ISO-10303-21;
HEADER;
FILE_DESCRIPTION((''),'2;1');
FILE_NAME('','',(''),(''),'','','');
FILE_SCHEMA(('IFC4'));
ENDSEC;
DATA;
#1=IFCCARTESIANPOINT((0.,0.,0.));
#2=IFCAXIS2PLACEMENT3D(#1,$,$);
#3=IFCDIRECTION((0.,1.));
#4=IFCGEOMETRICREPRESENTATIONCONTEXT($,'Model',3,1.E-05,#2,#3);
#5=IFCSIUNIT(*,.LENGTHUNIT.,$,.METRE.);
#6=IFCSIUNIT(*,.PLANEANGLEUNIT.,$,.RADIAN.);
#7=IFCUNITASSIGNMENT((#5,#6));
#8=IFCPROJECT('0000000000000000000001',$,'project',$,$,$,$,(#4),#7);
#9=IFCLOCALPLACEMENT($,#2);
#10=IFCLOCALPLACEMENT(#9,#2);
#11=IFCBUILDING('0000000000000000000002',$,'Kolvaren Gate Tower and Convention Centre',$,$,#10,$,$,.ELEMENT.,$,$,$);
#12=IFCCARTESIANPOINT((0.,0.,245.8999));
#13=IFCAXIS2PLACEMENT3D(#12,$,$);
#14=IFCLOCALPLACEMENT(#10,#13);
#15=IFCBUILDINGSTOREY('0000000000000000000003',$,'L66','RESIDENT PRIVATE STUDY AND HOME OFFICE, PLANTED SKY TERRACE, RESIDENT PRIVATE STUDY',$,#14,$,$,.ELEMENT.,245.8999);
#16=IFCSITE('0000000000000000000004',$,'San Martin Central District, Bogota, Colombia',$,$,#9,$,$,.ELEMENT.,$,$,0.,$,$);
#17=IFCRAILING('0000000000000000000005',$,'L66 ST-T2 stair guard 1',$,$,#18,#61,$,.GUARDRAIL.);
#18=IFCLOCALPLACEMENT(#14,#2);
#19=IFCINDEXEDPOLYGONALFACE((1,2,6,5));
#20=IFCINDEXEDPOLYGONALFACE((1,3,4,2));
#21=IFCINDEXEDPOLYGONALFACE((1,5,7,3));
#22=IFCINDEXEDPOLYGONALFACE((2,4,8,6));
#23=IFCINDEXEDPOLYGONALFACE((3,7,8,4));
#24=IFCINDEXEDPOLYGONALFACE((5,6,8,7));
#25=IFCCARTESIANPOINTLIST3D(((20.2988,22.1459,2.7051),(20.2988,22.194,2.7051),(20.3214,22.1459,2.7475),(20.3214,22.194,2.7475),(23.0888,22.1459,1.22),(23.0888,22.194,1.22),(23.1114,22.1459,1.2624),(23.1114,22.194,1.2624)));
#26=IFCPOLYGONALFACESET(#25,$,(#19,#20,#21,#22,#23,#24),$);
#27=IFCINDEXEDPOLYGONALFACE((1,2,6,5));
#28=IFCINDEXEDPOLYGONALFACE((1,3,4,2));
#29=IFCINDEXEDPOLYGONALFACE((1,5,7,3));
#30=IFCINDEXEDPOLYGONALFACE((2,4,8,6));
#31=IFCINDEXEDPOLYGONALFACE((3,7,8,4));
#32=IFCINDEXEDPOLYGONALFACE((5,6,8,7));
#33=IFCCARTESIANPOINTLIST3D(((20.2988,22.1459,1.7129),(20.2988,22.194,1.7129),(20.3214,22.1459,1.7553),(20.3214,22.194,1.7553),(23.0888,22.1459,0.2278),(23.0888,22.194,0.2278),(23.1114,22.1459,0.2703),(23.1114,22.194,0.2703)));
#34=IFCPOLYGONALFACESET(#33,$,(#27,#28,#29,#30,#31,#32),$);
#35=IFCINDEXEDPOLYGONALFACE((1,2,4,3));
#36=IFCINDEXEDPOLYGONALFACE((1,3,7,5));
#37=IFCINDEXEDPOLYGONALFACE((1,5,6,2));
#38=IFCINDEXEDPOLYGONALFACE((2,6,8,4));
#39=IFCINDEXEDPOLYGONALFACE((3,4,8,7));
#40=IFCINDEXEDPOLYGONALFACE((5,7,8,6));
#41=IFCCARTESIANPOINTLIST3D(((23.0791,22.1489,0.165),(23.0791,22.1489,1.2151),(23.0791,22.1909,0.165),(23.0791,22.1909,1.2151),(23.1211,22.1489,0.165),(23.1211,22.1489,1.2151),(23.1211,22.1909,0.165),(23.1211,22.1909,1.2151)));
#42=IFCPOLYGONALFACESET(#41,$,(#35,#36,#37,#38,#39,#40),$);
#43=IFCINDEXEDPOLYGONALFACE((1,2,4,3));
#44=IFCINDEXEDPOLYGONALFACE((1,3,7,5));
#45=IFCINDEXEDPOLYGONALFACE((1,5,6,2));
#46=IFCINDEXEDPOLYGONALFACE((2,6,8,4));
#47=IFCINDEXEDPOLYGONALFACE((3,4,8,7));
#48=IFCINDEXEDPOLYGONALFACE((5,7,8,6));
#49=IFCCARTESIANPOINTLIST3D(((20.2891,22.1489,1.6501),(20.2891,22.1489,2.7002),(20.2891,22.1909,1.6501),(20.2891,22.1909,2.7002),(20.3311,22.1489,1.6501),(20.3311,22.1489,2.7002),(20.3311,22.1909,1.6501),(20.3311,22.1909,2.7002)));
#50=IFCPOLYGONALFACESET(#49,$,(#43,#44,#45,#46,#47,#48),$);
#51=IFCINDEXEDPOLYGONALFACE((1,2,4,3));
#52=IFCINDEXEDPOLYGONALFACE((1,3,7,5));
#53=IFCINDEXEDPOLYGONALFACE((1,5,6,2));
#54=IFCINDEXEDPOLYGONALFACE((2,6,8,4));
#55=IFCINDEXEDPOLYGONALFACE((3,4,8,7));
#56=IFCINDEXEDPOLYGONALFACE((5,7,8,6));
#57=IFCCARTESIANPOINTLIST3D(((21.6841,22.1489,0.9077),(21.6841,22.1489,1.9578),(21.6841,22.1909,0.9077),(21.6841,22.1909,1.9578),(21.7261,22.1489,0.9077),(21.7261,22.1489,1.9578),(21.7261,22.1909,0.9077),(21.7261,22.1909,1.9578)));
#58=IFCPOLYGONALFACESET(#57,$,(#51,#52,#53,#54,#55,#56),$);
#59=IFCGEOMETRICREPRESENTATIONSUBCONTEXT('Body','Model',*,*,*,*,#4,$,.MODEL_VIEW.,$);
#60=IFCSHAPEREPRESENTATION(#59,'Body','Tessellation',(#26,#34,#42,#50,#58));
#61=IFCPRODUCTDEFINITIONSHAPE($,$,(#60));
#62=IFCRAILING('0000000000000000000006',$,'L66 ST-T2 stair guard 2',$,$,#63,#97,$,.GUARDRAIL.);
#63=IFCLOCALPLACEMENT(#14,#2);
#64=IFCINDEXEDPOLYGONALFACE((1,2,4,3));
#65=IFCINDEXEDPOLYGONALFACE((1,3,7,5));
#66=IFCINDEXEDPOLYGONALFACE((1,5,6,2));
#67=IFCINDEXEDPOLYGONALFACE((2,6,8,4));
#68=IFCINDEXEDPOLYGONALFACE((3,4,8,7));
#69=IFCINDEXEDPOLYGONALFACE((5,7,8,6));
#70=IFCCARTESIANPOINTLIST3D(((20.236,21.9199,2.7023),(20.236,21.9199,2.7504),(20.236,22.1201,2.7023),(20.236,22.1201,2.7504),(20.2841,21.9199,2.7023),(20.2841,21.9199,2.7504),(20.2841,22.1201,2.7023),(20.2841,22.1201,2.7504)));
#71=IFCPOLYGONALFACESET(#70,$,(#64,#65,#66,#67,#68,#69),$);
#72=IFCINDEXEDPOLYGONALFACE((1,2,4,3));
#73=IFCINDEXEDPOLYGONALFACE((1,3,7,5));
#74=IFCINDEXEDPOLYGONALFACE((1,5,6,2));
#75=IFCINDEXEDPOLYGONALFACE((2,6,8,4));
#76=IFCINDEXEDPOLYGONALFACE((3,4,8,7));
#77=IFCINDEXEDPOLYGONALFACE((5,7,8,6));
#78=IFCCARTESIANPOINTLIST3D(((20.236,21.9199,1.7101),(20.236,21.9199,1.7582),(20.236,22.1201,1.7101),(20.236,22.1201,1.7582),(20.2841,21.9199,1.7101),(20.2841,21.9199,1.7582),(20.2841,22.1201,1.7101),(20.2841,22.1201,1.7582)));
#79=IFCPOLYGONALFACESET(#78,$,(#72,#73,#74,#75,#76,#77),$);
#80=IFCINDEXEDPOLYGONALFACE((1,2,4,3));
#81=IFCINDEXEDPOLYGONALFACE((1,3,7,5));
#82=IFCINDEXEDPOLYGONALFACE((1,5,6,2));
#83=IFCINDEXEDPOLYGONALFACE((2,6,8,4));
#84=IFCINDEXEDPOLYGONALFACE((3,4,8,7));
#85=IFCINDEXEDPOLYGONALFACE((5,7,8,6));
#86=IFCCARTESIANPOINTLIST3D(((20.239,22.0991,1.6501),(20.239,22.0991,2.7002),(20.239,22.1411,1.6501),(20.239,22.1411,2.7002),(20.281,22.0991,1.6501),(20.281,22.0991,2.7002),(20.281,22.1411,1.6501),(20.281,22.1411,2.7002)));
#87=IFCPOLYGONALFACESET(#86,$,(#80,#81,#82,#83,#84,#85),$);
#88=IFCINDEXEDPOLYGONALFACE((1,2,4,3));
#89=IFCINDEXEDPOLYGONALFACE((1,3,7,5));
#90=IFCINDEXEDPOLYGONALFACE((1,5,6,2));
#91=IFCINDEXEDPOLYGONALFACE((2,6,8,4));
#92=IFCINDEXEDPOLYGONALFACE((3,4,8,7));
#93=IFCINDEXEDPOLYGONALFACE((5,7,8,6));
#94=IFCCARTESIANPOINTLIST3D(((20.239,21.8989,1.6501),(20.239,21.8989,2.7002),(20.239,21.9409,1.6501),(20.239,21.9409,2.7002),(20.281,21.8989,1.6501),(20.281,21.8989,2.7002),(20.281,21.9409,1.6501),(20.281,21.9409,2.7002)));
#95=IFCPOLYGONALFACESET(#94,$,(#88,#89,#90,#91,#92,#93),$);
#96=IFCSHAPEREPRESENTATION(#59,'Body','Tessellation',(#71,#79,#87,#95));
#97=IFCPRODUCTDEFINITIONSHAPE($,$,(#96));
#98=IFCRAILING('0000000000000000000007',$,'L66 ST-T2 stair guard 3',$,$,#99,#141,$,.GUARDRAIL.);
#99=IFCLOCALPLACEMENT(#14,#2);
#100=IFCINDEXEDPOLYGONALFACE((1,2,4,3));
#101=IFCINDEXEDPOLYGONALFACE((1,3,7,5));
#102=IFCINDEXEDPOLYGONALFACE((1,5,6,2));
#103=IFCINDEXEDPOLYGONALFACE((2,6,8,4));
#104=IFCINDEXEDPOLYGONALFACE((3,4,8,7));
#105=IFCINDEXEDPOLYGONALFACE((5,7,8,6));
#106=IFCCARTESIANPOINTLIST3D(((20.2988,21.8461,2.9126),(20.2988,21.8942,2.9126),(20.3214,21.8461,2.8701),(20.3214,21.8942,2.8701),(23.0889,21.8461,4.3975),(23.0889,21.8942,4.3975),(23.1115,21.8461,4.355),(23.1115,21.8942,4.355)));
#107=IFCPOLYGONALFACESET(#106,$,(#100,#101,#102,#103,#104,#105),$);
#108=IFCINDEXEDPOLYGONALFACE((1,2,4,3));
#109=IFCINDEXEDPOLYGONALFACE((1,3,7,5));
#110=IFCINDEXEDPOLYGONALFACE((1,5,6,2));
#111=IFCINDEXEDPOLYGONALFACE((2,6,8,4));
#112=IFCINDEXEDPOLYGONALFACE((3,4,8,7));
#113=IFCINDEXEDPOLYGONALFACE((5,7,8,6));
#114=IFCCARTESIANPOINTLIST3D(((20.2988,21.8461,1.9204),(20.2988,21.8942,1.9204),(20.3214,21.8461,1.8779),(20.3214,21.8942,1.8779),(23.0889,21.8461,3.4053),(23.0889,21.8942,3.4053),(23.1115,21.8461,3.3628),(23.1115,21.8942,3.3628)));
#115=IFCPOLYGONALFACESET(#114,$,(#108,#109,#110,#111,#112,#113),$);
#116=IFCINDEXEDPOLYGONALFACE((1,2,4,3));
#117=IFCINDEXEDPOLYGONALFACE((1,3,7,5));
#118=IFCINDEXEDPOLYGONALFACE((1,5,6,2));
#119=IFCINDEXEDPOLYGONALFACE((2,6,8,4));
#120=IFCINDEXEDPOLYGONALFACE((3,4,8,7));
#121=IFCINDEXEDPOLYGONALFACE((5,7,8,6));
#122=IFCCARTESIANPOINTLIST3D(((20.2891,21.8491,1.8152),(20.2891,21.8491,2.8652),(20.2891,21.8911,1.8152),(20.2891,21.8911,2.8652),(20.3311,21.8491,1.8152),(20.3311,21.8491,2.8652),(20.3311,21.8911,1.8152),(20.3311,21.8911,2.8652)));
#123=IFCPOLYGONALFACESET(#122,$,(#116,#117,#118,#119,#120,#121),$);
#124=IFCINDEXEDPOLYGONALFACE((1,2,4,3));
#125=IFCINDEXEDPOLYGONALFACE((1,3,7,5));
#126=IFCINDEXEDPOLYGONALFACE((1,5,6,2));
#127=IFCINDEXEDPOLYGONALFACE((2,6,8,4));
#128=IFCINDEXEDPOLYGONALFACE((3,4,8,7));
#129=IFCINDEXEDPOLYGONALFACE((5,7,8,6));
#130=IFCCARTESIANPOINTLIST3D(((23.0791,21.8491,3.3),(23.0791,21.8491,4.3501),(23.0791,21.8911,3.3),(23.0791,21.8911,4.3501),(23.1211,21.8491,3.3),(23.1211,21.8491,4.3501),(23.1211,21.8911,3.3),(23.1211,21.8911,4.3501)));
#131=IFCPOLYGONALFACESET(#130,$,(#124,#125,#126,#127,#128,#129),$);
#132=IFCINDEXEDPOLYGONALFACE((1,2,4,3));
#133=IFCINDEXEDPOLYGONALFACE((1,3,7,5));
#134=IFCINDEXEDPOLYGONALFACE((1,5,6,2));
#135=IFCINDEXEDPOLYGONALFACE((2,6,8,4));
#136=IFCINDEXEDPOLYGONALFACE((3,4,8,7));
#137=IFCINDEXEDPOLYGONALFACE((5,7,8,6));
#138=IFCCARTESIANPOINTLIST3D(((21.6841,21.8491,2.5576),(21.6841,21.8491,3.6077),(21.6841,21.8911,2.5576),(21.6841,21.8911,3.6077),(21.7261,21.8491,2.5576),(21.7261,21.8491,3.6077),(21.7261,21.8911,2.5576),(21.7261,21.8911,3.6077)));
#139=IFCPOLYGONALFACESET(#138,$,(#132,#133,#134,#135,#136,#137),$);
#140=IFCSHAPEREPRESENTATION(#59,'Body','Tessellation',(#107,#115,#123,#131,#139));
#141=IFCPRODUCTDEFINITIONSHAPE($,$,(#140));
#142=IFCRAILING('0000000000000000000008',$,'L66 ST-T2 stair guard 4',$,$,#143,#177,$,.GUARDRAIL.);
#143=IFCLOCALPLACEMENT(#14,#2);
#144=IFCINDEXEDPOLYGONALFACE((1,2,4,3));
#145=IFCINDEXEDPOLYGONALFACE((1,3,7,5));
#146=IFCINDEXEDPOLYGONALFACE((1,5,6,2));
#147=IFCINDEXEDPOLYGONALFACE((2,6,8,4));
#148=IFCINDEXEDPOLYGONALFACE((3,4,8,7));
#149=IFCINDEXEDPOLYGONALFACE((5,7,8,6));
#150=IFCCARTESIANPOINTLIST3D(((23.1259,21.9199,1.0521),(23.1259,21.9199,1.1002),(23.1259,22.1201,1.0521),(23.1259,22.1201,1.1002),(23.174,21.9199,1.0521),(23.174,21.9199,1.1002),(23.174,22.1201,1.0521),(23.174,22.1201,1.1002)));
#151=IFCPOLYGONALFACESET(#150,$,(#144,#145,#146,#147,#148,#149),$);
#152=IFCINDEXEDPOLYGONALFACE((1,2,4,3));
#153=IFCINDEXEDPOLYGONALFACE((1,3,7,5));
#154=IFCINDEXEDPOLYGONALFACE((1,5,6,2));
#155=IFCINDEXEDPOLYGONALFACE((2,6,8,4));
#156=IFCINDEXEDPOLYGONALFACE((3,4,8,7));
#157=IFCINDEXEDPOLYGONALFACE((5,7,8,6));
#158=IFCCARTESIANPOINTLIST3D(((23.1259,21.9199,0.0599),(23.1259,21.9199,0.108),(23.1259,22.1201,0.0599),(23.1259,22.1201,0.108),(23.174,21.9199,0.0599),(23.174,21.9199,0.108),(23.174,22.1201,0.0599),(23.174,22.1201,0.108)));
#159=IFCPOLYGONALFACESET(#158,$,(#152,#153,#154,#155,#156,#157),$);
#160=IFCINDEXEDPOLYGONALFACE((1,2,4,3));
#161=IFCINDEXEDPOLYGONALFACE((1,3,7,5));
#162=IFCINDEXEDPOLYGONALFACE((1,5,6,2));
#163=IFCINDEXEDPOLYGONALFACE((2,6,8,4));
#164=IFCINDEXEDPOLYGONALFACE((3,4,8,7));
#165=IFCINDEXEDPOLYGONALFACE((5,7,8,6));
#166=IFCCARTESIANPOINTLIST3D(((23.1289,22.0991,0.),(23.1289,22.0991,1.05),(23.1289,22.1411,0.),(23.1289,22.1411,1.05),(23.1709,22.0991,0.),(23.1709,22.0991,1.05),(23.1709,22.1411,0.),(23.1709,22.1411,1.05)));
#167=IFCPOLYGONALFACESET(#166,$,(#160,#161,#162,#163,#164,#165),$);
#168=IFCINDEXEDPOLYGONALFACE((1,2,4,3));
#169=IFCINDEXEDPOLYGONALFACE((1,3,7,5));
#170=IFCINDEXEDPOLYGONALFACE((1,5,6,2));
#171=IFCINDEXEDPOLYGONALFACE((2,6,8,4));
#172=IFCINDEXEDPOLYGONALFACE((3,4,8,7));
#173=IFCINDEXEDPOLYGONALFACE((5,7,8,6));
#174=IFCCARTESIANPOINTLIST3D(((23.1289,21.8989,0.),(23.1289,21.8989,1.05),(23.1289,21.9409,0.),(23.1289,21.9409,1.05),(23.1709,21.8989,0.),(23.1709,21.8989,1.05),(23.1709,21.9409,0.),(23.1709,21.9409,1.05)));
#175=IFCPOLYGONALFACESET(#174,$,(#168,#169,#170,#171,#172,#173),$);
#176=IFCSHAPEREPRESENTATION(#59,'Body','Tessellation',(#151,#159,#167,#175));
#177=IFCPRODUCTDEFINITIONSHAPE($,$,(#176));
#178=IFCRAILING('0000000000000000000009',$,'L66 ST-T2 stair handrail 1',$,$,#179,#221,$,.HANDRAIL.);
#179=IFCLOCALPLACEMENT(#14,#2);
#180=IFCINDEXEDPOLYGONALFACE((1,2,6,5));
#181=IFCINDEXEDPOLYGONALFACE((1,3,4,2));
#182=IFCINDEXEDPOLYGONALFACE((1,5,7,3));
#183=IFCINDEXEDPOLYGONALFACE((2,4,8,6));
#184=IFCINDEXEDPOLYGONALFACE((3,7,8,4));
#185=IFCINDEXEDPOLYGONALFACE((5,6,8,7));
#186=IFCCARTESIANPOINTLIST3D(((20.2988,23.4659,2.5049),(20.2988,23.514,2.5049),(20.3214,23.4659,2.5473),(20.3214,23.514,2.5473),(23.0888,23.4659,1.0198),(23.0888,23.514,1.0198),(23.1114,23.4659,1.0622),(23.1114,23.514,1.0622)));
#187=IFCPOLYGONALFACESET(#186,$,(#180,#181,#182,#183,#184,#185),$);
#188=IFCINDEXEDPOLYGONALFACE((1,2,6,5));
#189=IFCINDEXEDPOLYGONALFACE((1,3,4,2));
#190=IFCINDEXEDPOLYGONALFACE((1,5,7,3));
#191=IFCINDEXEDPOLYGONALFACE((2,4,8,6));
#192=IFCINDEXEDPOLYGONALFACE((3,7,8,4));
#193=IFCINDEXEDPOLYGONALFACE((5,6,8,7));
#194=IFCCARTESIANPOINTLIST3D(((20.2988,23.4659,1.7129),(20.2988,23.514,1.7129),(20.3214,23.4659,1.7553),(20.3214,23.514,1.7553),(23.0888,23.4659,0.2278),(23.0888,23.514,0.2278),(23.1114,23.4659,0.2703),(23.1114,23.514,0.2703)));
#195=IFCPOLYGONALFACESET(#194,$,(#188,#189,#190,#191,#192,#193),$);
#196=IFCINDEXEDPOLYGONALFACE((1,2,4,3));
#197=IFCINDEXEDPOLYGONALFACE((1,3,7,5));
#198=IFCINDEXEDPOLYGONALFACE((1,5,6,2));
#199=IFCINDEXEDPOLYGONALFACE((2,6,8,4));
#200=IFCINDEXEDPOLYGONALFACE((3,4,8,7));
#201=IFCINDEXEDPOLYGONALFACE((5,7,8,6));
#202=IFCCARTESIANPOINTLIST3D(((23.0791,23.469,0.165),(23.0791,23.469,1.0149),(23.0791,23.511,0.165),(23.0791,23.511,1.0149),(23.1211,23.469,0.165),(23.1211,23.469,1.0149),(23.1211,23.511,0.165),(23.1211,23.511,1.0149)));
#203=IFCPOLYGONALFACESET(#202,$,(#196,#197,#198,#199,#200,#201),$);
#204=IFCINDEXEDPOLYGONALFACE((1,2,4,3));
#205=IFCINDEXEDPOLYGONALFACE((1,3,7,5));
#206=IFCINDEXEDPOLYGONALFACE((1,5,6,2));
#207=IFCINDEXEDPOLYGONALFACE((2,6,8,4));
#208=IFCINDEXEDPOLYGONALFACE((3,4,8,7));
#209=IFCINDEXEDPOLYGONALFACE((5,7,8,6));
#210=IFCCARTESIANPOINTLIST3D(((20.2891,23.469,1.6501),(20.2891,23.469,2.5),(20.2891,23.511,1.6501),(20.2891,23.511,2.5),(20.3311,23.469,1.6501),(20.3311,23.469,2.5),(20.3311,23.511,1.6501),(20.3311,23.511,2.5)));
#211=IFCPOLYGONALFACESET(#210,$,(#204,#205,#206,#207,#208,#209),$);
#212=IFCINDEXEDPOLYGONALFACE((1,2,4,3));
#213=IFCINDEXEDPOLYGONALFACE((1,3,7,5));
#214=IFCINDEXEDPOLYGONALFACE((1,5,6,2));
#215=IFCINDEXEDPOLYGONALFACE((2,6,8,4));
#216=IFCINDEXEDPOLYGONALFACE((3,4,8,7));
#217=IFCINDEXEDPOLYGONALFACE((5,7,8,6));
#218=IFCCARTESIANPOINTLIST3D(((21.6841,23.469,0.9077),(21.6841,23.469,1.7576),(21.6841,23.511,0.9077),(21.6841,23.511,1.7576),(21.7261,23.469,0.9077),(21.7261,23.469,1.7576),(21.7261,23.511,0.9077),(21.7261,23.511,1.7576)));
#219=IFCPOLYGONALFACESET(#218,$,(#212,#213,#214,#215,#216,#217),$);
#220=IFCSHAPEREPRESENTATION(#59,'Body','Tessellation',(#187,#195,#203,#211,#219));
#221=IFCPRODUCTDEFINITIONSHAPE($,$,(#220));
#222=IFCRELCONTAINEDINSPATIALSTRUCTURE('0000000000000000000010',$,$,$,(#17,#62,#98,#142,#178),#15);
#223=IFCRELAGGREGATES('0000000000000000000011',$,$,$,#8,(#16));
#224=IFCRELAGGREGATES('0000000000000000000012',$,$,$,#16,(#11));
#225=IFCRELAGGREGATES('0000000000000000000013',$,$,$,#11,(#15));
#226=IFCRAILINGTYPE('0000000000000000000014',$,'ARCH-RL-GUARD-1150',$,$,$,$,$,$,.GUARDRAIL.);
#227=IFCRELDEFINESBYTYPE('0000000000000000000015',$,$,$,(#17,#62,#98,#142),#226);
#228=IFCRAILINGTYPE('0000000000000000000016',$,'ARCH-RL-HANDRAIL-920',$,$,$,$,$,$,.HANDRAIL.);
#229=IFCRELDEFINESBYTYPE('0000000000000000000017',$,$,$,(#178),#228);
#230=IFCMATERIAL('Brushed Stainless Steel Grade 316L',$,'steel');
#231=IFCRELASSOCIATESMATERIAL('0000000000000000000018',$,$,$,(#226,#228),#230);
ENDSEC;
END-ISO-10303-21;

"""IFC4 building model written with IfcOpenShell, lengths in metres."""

from ifc_helpers import new_model, si_unit, direction, frame, origin, origin_2d, place, context, subcontext, project, spatial, rectangle, extrude, material, type_object, element, save


model = new_model("IFC4")

# Units and contexts
model_context = context("Model", 3, precision=1e-05, world=origin(), true_north=direction((0.0, 1.0)))
body_context = subcontext(model_context, "Body", "Model", "MODEL_VIEW")
ifc_project = project(units=[si_unit("LENGTHUNIT", "METRE"), si_unit("PLANEANGLEUNIT", "RADIAN")], contexts=[model_context])

# Site, building, storey
site_placement = place(None, origin())
site = spatial("IfcSite", under=ifc_project, at=site_placement, Name="San Martin Central District, Bogota, Colombia", CompositionType="ELEMENT", RefElevation=0.0)
building_placement = place(site_placement, origin())
building = spatial("IfcBuilding", under=site, at=building_placement, Name="Kolvaren Gate Tower and Convention Centre", CompositionType="ELEMENT")
storey_placement = place(building_placement, frame((0.0, 0.0, 245.8999)))
storey = spatial("IfcBuildingStorey", under=building, at=storey_placement, Name="L66", Description="RESIDENT PRIVATE STUDY AND HOME OFFICE, PLANTED SKY TERRACE, RESIDENT PRIVATE STUDY", CompositionType="ELEMENT", Elevation=245.8999)

# Shared definitions
ifc_material_1 = material(Name="Brushed Stainless Steel Grade 316L", Category="steel")

# Railings
railing_type_1 = type_object("IfcRailingType", Name="ARCH-RL-GUARD-1150", PredefinedType="GUARDRAIL", material=ifc_material_1)
railing_1_placement = place(storey_placement, frame((23.1001, 22.1699, 0.165)))
element("IfcRailing", 1, at=railing_1_placement, inside=storey, type_object=railing_type_1, Name="L66 ST-T2 stair guard 1", PredefinedType="GUARDRAIL", context=body_context, shape_type="SweptSolid", body=[
    extrude(rectangle(XDim=0.0481, YDim=0.0481, at=origin_2d()), frame((0.0, 0.0, 1.0762), z_axis=(-0.882735, 0.0, 0.46987), x_axis=(0.0, -1.0, 0.0)), (0.0, 0.0, 1.0), 3.1606),
    extrude(rectangle(XDim=0.0481, YDim=0.0481, at=origin_2d()), frame((0.0, 0.0, 0.084), z_axis=(-0.882735, 0.0, 0.46987), x_axis=(0.0, -1.0, 0.0)), (0.0, 0.0, 1.0), 3.1606),
    extrude(rectangle(XDim=0.042, YDim=0.042, at=origin_2d()), origin(), (0.0, 0.0, 1.0), 1.05),
    extrude(rectangle(XDim=0.042, YDim=0.042, at=origin_2d()), frame((-2.79, 0.0, 1.4851)), (0.0, 0.0, 1.0), 1.05),
    extrude(rectangle(XDim=0.042, YDim=0.042, at=origin_2d()), frame((-1.395, 0.0, 0.7427)), (0.0, 0.0, 1.0), 1.05),
])
railing_2_placement = place(storey_placement, frame((20.26, 22.1201, 1.6501)))
element("IfcRailing", 2, at=railing_2_placement, inside=storey, type_object=railing_type_1, Name="L66 ST-T2 stair guard 2", PredefinedType="GUARDRAIL", context=body_context, shape_type="SweptSolid", body=[
    extrude(rectangle(XDim=0.0481, YDim=0.0481, at=origin_2d()), frame((0.0, 0.0, 1.0762), z_axis=(0.0, -1.0, 0.0), x_axis=(1.0, 0.0, 0.0)), (0.0, 0.0, 1.0), 0.2002),
    extrude(rectangle(XDim=0.0481, YDim=0.0481, at=origin_2d()), frame((0.0, 0.0, 0.084), z_axis=(0.0, -1.0, 0.0), x_axis=(1.0, 0.0, 0.0)), (0.0, 0.0, 1.0), 0.2002),
    extrude(rectangle(XDim=0.042, YDim=0.042, at=origin_2d()), origin(), (0.0, 0.0, 1.0), 1.05),
    extrude(rectangle(XDim=0.042, YDim=0.042, at=origin_2d()), frame((0.0, -0.2002, 0.0)), (0.0, 0.0, 1.0), 1.05),
])
railing_3_placement = place(storey_placement, frame((20.3101, 21.8701, 1.8152)))
element("IfcRailing", 3, at=railing_3_placement, inside=storey, type_object=railing_type_1, Name="L66 ST-T2 stair guard 3", PredefinedType="GUARDRAIL", context=body_context, shape_type="SweptSolid", body=[
    extrude(rectangle(XDim=0.0481, YDim=0.0481, at=origin_2d()), frame((0.0, 0.0, 1.0762), z_axis=(0.882767, 0.0, 0.46981), x_axis=(0.0, 1.0, 0.0)), (0.0, 0.0, 1.0), 3.1606),
    extrude(rectangle(XDim=0.0481, YDim=0.0481, at=origin_2d()), frame((0.0, 0.0, 0.084), z_axis=(0.882767, 0.0, 0.46981), x_axis=(0.0, 1.0, 0.0)), (0.0, 0.0, 1.0), 3.1606),
    extrude(rectangle(XDim=0.042, YDim=0.042, at=origin_2d()), origin(), (0.0, 0.0, 1.0), 1.05),
    extrude(rectangle(XDim=0.042, YDim=0.042, at=origin_2d()), frame((2.79, 0.0, 1.4849)), (0.0, 0.0, 1.0), 1.05),
    extrude(rectangle(XDim=0.042, YDim=0.042, at=origin_2d()), frame((1.395, 0.0, 0.7424)), (0.0, 0.0, 1.0), 1.05),
])
railing_4_placement = place(storey_placement, frame((23.1499, 22.1201, 0.0)))
element("IfcRailing", 4, at=railing_4_placement, inside=storey, type_object=railing_type_1, Name="L66 ST-T2 stair guard 4", PredefinedType="GUARDRAIL", context=body_context, shape_type="SweptSolid", body=[
    extrude(rectangle(XDim=0.0481, YDim=0.0481, at=origin_2d()), frame((0.0, 0.0, 1.0762), z_axis=(0.0, -1.0, 0.0), x_axis=(1.0, 0.0, 0.0)), (0.0, 0.0, 1.0), 0.2002),
    extrude(rectangle(XDim=0.0481, YDim=0.0481, at=origin_2d()), frame((0.0, 0.0, 0.084), z_axis=(0.0, -1.0, 0.0), x_axis=(1.0, 0.0, 0.0)), (0.0, 0.0, 1.0), 0.2002),
    extrude(rectangle(XDim=0.042, YDim=0.042, at=origin_2d()), origin(), (0.0, 0.0, 1.0), 1.05),
    extrude(rectangle(XDim=0.042, YDim=0.042, at=origin_2d()), frame((0.0, -0.2002, 0.0)), (0.0, 0.0, 1.0), 1.05),
])
railing_type_2 = type_object("IfcRailingType", Name="ARCH-RL-HANDRAIL-920", PredefinedType="HANDRAIL", material=ifc_material_1)
railing_5_placement = place(storey_placement, frame((23.1001, 23.49, 0.165)))
element("IfcRailing", 5, at=railing_5_placement, inside=storey, type_object=railing_type_2, Name="L66 ST-T2 stair handrail 1", PredefinedType="HANDRAIL", context=body_context, shape_type="SweptSolid", body=[
    extrude(rectangle(XDim=0.0481, YDim=0.0481, at=origin_2d()), frame((0.0, 0.0, 0.876), z_axis=(-0.882735, 0.0, 0.46987), x_axis=(0.0, -1.0, 0.0)), (0.0, 0.0, 1.0), 3.1606),
    extrude(rectangle(XDim=0.0481, YDim=0.0481, at=origin_2d()), frame((0.0, 0.0, 0.084), z_axis=(-0.882735, 0.0, 0.46987), x_axis=(0.0, -1.0, 0.0)), (0.0, 0.0, 1.0), 3.1606),
    extrude(rectangle(XDim=0.042, YDim=0.042, at=origin_2d()), origin(), (0.0, 0.0, 1.0), 0.8499),
    extrude(rectangle(XDim=0.042, YDim=0.042, at=origin_2d()), frame((-2.79, 0.0, 1.4851)), (0.0, 0.0, 1.0), 0.8499),
    extrude(rectangle(XDim=0.042, YDim=0.042, at=origin_2d()), frame((-1.395, 0.0, 0.7427)), (0.0, 0.0, 1.0), 0.8499),
])

save(model, "model.ifc")
